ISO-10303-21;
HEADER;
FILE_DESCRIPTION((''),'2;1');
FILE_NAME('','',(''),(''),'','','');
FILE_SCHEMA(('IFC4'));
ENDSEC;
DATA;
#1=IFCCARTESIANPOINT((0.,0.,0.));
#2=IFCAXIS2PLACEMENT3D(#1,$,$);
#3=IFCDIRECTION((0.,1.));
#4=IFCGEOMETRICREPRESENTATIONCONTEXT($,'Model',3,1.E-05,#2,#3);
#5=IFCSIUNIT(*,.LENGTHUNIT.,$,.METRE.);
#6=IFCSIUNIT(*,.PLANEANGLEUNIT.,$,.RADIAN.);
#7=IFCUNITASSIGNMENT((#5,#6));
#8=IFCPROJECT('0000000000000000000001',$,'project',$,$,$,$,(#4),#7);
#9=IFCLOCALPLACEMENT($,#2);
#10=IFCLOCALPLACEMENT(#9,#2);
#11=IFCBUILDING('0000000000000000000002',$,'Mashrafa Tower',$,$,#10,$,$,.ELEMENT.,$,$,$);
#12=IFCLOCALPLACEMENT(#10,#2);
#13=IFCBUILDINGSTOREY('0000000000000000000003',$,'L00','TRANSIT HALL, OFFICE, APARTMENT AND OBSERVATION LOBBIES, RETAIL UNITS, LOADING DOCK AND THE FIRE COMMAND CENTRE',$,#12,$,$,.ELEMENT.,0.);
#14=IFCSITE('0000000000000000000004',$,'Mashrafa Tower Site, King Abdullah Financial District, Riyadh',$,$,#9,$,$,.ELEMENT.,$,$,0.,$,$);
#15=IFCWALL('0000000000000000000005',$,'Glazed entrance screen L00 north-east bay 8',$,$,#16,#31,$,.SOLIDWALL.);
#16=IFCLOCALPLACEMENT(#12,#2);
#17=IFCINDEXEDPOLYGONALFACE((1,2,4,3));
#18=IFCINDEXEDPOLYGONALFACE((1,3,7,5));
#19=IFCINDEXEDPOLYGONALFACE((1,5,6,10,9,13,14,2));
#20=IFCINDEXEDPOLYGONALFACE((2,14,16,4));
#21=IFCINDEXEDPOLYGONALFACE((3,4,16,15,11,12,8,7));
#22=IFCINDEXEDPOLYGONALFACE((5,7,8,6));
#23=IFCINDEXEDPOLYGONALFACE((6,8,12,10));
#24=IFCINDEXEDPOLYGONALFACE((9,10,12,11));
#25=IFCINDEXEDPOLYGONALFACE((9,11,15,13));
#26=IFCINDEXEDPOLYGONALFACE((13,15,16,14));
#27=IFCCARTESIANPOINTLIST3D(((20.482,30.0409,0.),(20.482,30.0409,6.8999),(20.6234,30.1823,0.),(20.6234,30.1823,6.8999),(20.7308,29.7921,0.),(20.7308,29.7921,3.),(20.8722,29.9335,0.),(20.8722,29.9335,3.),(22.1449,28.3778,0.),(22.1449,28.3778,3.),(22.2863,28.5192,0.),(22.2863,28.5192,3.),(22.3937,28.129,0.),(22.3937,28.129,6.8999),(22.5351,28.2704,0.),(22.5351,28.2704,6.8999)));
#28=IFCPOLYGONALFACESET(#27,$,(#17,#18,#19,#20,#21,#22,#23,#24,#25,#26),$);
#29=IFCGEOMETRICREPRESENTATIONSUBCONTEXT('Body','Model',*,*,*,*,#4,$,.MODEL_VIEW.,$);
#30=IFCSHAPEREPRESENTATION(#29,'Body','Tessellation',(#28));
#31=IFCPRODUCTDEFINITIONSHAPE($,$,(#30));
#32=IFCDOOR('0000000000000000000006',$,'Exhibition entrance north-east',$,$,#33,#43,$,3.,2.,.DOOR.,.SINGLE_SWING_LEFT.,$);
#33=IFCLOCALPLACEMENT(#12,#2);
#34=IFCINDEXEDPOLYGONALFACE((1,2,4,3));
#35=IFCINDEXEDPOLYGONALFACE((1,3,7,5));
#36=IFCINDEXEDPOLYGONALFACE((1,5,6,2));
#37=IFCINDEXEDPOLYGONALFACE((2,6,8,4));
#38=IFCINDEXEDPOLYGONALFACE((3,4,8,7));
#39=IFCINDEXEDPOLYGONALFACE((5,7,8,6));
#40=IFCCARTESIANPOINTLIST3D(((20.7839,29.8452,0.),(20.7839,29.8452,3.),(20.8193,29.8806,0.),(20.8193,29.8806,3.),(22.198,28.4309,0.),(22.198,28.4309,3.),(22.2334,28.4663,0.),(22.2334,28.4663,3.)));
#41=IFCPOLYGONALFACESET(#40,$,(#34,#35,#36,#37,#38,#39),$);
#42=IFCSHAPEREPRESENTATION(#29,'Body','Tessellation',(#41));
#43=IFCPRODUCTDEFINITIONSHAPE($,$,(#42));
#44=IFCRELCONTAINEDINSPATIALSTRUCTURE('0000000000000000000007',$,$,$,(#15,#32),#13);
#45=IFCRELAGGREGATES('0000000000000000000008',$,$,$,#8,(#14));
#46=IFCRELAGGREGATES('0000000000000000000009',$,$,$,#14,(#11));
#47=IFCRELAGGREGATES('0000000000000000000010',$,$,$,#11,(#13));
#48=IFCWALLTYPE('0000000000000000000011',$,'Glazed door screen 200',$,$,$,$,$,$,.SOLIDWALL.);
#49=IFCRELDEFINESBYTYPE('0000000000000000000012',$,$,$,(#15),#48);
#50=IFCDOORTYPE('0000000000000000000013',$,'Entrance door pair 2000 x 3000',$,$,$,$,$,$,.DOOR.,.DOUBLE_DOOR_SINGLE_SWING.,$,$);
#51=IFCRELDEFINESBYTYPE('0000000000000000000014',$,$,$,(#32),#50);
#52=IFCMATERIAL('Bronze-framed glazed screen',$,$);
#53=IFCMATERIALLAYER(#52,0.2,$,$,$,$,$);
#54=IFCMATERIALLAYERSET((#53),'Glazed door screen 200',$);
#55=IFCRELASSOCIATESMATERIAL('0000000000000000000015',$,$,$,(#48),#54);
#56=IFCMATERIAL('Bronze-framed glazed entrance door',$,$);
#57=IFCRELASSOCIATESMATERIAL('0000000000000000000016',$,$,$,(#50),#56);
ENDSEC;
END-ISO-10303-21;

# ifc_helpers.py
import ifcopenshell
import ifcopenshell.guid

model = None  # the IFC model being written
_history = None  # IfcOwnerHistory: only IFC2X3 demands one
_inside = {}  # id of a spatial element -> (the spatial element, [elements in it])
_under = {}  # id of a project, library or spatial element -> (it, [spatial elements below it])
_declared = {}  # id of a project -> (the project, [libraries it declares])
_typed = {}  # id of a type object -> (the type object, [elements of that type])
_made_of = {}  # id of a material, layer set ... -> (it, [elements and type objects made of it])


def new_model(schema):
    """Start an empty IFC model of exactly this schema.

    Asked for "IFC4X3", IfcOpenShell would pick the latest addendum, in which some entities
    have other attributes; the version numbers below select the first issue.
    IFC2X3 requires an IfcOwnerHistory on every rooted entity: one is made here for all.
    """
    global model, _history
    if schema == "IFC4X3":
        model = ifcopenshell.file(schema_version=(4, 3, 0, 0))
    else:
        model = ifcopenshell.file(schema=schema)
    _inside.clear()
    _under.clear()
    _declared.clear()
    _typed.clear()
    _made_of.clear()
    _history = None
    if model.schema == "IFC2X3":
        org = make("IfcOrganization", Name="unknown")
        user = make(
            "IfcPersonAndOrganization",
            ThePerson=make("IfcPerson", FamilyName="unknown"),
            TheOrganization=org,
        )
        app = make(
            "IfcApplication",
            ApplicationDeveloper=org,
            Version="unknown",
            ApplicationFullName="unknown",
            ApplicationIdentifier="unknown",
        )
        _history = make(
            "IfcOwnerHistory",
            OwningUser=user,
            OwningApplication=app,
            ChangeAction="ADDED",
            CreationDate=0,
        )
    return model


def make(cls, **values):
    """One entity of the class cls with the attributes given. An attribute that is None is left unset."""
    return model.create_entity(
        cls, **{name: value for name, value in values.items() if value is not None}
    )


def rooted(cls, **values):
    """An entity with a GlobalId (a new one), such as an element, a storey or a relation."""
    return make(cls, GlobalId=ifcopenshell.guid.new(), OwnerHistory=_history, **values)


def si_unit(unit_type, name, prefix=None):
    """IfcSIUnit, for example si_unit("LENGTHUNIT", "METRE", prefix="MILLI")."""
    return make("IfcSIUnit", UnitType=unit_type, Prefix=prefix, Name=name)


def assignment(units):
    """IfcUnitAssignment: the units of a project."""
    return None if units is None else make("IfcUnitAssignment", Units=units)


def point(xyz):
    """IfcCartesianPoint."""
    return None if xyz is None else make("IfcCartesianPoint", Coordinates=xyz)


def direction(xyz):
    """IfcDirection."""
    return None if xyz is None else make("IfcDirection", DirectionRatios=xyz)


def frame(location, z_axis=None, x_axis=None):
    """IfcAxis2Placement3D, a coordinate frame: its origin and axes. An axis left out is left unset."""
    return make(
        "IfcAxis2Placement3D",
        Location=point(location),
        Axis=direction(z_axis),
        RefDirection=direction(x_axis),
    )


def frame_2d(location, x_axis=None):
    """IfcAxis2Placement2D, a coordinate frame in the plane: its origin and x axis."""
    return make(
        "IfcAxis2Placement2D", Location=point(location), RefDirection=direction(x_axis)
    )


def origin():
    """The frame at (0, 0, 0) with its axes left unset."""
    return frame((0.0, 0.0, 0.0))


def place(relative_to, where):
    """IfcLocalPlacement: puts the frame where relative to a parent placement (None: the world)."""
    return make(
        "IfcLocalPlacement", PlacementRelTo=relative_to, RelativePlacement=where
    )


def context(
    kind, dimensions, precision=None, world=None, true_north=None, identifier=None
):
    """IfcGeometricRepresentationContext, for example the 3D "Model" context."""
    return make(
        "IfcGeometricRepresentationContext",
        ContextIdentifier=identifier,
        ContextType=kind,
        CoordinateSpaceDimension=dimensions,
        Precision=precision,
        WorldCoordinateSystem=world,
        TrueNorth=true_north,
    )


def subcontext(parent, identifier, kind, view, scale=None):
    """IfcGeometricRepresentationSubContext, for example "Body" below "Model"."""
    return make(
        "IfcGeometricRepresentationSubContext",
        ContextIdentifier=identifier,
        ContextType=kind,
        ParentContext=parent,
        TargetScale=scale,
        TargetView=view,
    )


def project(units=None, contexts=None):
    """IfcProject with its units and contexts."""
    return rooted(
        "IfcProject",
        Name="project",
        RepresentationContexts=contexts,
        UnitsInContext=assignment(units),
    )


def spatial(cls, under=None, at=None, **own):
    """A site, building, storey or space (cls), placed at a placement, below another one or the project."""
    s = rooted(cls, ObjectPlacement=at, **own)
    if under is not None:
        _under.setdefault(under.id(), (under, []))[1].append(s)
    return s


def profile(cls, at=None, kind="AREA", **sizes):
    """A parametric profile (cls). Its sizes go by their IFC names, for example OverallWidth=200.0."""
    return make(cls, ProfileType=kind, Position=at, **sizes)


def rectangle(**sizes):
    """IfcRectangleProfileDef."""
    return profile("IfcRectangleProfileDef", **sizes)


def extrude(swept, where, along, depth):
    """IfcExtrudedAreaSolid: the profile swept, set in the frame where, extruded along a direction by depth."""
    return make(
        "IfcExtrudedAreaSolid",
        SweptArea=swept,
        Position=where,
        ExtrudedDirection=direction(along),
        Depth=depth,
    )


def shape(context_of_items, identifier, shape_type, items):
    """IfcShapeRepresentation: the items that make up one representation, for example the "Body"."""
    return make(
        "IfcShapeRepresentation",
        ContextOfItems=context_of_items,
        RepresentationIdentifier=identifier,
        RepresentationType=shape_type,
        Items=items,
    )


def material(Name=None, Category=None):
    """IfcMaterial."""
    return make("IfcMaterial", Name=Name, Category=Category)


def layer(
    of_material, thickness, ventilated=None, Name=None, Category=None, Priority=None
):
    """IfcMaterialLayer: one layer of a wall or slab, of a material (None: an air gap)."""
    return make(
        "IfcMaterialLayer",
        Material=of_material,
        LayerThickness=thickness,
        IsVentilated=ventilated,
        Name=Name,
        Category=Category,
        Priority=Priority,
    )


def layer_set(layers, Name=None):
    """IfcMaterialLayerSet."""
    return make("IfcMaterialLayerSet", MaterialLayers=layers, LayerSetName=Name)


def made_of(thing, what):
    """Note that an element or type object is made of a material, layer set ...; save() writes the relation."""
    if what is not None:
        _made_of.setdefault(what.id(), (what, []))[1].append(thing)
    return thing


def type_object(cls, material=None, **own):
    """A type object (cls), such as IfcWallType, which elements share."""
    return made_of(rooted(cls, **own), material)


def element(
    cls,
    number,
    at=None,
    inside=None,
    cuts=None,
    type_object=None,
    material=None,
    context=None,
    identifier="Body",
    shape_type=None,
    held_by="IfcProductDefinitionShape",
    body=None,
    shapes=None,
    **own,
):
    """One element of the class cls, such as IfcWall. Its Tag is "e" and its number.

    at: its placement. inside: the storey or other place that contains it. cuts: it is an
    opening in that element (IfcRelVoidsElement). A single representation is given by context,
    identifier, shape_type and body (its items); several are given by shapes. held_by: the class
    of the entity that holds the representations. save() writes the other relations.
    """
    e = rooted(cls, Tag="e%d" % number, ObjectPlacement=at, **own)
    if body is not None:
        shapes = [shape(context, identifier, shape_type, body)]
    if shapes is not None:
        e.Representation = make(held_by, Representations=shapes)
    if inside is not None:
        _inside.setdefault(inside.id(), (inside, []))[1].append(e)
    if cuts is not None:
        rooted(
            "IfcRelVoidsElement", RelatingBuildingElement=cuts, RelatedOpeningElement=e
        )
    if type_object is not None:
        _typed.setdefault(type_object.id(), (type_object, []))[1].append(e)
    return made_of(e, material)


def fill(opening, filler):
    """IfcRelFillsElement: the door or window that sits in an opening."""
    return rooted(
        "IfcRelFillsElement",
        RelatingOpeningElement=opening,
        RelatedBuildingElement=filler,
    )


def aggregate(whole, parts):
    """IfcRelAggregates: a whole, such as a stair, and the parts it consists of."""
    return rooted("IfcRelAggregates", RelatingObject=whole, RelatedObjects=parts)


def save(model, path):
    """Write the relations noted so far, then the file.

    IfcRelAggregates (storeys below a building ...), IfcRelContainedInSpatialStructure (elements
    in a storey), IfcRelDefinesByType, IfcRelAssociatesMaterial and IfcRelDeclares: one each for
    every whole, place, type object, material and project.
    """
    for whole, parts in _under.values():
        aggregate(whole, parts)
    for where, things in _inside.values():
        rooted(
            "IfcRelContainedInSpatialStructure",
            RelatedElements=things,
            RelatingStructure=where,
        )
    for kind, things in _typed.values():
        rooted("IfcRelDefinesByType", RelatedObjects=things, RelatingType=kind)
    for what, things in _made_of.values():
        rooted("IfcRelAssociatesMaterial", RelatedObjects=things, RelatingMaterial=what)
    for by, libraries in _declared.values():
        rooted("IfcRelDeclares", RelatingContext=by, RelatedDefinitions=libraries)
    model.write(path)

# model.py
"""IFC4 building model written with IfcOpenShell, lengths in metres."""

from ifc_helpers import new_model, si_unit, direction, frame, frame_2d, origin, place, context, subcontext, project, spatial, rectangle, extrude, material, layer, layer_set, type_object, element, fill, save


model = new_model("IFC4")

# Units and contexts
model_context = context("Model", 3, precision=1e-05, world=origin(), true_north=direction((0.0, 1.0)))
body_context = subcontext(model_context, "Body", "Model", "MODEL_VIEW")
ifc_project = project(units=[si_unit("LENGTHUNIT", "METRE"), si_unit("PLANEANGLEUNIT", "RADIAN")], contexts=[model_context])

# Site, building, storey
site_placement = place(None, origin())
site = spatial("IfcSite", under=ifc_project, at=site_placement, Name="Mashrafa Tower Site, King Abdullah Financial District, Riyadh", CompositionType="ELEMENT", RefElevation=0.0)
building_placement = place(site_placement, origin())
building = spatial("IfcBuilding", under=site, at=building_placement, Name="Mashrafa Tower", CompositionType="ELEMENT")
storey_placement = place(building_placement, origin())
storey = spatial("IfcBuildingStorey", under=building, at=storey_placement, Name="L00", Description="TRANSIT HALL, OFFICE, APARTMENT AND OBSERVATION LOBBIES, RETAIL UNITS, LOADING DOCK AND THE FIRE COMMAND CENTRE", CompositionType="ELEMENT", Elevation=0.0)

# Wall, opening, door
ifc_material_1 = material(Name="Bronze-framed glazed screen")
ifc_layer_1 = layer(ifc_material_1, 0.2)
ifc_layer_set_1 = layer_set([ifc_layer_1], Name="Glazed door screen 200")
wall_type = type_object("IfcWallType", Name="Glazed door screen 200", PredefinedType="SOLIDWALL", material=ifc_layer_set_1)
ifc_material_2 = material(Name="Bronze-framed glazed entrance door")
door_type = type_object("IfcDoorType", Name="Entrance door pair 2000 x 3000", OperationType="DOUBLE_DOOR_SINGLE_SWING", PredefinedType="DOOR", material=ifc_material_2)
wall_1_placement = place(storey_placement, frame((22.4644, 28.1997, 0.0), z_axis=(0.0, 0.0, 1.0), x_axis=(-0.707062, 0.707152, 0.0)))
wall_1 = element("IfcWall", 1, at=wall_1_placement, inside=storey, type_object=wall_type, Name="Glazed entrance screen L00 north-east bay 8", PredefinedType="SOLIDWALL", context=body_context, shape_type="SweptSolid", body=[
    extrude(rectangle(XDim=2.7036, YDim=0.2, at=frame_2d((1.3518, 0.0))), origin(), (0.0, 0.0, 1.0), 6.8999),
])
opening_1_placement = place(wall_1_placement, frame((0.3518, 0.0, 0.0)))
opening_1 = element("IfcOpeningElement", 2, at=opening_1_placement, cuts=wall_1, PredefinedType="OPENING", context=body_context, shape_type="SweptSolid", body=[
    extrude(rectangle(XDim=2.0, YDim=3.0, at=frame_2d((1.0, 1.5))), frame((0.0, 0.1099, 0.0), z_axis=(0.0, -1.0, 0.0), x_axis=(1.0, 0.0, 0.0)), (0.0, 0.0, 1.0), 0.22),
])
door_1_placement = place(opening_1_placement, origin())
door_1 = element("IfcDoor", 3, at=door_1_placement, inside=storey, type_object=door_type, Name="Exhibition entrance north-east", OperationType="SINGLE_SWING_LEFT", OverallHeight=3.0, OverallWidth=2.0, PredefinedType="DOOR", context=body_context, shape_type="SweptSolid", body=[
    extrude(rectangle(XDim=2.0, YDim=3.0, at=frame_2d((1.0, 1.5))), frame((0.0, 0.0249, 0.0), z_axis=(0.0, -1.0, 0.0), x_axis=(1.0, 0.0, 0.0)), (0.0, 0.0, 1.0), 0.05),
])
fill(opening_1, door_1)

save(model, "model.ifc")
